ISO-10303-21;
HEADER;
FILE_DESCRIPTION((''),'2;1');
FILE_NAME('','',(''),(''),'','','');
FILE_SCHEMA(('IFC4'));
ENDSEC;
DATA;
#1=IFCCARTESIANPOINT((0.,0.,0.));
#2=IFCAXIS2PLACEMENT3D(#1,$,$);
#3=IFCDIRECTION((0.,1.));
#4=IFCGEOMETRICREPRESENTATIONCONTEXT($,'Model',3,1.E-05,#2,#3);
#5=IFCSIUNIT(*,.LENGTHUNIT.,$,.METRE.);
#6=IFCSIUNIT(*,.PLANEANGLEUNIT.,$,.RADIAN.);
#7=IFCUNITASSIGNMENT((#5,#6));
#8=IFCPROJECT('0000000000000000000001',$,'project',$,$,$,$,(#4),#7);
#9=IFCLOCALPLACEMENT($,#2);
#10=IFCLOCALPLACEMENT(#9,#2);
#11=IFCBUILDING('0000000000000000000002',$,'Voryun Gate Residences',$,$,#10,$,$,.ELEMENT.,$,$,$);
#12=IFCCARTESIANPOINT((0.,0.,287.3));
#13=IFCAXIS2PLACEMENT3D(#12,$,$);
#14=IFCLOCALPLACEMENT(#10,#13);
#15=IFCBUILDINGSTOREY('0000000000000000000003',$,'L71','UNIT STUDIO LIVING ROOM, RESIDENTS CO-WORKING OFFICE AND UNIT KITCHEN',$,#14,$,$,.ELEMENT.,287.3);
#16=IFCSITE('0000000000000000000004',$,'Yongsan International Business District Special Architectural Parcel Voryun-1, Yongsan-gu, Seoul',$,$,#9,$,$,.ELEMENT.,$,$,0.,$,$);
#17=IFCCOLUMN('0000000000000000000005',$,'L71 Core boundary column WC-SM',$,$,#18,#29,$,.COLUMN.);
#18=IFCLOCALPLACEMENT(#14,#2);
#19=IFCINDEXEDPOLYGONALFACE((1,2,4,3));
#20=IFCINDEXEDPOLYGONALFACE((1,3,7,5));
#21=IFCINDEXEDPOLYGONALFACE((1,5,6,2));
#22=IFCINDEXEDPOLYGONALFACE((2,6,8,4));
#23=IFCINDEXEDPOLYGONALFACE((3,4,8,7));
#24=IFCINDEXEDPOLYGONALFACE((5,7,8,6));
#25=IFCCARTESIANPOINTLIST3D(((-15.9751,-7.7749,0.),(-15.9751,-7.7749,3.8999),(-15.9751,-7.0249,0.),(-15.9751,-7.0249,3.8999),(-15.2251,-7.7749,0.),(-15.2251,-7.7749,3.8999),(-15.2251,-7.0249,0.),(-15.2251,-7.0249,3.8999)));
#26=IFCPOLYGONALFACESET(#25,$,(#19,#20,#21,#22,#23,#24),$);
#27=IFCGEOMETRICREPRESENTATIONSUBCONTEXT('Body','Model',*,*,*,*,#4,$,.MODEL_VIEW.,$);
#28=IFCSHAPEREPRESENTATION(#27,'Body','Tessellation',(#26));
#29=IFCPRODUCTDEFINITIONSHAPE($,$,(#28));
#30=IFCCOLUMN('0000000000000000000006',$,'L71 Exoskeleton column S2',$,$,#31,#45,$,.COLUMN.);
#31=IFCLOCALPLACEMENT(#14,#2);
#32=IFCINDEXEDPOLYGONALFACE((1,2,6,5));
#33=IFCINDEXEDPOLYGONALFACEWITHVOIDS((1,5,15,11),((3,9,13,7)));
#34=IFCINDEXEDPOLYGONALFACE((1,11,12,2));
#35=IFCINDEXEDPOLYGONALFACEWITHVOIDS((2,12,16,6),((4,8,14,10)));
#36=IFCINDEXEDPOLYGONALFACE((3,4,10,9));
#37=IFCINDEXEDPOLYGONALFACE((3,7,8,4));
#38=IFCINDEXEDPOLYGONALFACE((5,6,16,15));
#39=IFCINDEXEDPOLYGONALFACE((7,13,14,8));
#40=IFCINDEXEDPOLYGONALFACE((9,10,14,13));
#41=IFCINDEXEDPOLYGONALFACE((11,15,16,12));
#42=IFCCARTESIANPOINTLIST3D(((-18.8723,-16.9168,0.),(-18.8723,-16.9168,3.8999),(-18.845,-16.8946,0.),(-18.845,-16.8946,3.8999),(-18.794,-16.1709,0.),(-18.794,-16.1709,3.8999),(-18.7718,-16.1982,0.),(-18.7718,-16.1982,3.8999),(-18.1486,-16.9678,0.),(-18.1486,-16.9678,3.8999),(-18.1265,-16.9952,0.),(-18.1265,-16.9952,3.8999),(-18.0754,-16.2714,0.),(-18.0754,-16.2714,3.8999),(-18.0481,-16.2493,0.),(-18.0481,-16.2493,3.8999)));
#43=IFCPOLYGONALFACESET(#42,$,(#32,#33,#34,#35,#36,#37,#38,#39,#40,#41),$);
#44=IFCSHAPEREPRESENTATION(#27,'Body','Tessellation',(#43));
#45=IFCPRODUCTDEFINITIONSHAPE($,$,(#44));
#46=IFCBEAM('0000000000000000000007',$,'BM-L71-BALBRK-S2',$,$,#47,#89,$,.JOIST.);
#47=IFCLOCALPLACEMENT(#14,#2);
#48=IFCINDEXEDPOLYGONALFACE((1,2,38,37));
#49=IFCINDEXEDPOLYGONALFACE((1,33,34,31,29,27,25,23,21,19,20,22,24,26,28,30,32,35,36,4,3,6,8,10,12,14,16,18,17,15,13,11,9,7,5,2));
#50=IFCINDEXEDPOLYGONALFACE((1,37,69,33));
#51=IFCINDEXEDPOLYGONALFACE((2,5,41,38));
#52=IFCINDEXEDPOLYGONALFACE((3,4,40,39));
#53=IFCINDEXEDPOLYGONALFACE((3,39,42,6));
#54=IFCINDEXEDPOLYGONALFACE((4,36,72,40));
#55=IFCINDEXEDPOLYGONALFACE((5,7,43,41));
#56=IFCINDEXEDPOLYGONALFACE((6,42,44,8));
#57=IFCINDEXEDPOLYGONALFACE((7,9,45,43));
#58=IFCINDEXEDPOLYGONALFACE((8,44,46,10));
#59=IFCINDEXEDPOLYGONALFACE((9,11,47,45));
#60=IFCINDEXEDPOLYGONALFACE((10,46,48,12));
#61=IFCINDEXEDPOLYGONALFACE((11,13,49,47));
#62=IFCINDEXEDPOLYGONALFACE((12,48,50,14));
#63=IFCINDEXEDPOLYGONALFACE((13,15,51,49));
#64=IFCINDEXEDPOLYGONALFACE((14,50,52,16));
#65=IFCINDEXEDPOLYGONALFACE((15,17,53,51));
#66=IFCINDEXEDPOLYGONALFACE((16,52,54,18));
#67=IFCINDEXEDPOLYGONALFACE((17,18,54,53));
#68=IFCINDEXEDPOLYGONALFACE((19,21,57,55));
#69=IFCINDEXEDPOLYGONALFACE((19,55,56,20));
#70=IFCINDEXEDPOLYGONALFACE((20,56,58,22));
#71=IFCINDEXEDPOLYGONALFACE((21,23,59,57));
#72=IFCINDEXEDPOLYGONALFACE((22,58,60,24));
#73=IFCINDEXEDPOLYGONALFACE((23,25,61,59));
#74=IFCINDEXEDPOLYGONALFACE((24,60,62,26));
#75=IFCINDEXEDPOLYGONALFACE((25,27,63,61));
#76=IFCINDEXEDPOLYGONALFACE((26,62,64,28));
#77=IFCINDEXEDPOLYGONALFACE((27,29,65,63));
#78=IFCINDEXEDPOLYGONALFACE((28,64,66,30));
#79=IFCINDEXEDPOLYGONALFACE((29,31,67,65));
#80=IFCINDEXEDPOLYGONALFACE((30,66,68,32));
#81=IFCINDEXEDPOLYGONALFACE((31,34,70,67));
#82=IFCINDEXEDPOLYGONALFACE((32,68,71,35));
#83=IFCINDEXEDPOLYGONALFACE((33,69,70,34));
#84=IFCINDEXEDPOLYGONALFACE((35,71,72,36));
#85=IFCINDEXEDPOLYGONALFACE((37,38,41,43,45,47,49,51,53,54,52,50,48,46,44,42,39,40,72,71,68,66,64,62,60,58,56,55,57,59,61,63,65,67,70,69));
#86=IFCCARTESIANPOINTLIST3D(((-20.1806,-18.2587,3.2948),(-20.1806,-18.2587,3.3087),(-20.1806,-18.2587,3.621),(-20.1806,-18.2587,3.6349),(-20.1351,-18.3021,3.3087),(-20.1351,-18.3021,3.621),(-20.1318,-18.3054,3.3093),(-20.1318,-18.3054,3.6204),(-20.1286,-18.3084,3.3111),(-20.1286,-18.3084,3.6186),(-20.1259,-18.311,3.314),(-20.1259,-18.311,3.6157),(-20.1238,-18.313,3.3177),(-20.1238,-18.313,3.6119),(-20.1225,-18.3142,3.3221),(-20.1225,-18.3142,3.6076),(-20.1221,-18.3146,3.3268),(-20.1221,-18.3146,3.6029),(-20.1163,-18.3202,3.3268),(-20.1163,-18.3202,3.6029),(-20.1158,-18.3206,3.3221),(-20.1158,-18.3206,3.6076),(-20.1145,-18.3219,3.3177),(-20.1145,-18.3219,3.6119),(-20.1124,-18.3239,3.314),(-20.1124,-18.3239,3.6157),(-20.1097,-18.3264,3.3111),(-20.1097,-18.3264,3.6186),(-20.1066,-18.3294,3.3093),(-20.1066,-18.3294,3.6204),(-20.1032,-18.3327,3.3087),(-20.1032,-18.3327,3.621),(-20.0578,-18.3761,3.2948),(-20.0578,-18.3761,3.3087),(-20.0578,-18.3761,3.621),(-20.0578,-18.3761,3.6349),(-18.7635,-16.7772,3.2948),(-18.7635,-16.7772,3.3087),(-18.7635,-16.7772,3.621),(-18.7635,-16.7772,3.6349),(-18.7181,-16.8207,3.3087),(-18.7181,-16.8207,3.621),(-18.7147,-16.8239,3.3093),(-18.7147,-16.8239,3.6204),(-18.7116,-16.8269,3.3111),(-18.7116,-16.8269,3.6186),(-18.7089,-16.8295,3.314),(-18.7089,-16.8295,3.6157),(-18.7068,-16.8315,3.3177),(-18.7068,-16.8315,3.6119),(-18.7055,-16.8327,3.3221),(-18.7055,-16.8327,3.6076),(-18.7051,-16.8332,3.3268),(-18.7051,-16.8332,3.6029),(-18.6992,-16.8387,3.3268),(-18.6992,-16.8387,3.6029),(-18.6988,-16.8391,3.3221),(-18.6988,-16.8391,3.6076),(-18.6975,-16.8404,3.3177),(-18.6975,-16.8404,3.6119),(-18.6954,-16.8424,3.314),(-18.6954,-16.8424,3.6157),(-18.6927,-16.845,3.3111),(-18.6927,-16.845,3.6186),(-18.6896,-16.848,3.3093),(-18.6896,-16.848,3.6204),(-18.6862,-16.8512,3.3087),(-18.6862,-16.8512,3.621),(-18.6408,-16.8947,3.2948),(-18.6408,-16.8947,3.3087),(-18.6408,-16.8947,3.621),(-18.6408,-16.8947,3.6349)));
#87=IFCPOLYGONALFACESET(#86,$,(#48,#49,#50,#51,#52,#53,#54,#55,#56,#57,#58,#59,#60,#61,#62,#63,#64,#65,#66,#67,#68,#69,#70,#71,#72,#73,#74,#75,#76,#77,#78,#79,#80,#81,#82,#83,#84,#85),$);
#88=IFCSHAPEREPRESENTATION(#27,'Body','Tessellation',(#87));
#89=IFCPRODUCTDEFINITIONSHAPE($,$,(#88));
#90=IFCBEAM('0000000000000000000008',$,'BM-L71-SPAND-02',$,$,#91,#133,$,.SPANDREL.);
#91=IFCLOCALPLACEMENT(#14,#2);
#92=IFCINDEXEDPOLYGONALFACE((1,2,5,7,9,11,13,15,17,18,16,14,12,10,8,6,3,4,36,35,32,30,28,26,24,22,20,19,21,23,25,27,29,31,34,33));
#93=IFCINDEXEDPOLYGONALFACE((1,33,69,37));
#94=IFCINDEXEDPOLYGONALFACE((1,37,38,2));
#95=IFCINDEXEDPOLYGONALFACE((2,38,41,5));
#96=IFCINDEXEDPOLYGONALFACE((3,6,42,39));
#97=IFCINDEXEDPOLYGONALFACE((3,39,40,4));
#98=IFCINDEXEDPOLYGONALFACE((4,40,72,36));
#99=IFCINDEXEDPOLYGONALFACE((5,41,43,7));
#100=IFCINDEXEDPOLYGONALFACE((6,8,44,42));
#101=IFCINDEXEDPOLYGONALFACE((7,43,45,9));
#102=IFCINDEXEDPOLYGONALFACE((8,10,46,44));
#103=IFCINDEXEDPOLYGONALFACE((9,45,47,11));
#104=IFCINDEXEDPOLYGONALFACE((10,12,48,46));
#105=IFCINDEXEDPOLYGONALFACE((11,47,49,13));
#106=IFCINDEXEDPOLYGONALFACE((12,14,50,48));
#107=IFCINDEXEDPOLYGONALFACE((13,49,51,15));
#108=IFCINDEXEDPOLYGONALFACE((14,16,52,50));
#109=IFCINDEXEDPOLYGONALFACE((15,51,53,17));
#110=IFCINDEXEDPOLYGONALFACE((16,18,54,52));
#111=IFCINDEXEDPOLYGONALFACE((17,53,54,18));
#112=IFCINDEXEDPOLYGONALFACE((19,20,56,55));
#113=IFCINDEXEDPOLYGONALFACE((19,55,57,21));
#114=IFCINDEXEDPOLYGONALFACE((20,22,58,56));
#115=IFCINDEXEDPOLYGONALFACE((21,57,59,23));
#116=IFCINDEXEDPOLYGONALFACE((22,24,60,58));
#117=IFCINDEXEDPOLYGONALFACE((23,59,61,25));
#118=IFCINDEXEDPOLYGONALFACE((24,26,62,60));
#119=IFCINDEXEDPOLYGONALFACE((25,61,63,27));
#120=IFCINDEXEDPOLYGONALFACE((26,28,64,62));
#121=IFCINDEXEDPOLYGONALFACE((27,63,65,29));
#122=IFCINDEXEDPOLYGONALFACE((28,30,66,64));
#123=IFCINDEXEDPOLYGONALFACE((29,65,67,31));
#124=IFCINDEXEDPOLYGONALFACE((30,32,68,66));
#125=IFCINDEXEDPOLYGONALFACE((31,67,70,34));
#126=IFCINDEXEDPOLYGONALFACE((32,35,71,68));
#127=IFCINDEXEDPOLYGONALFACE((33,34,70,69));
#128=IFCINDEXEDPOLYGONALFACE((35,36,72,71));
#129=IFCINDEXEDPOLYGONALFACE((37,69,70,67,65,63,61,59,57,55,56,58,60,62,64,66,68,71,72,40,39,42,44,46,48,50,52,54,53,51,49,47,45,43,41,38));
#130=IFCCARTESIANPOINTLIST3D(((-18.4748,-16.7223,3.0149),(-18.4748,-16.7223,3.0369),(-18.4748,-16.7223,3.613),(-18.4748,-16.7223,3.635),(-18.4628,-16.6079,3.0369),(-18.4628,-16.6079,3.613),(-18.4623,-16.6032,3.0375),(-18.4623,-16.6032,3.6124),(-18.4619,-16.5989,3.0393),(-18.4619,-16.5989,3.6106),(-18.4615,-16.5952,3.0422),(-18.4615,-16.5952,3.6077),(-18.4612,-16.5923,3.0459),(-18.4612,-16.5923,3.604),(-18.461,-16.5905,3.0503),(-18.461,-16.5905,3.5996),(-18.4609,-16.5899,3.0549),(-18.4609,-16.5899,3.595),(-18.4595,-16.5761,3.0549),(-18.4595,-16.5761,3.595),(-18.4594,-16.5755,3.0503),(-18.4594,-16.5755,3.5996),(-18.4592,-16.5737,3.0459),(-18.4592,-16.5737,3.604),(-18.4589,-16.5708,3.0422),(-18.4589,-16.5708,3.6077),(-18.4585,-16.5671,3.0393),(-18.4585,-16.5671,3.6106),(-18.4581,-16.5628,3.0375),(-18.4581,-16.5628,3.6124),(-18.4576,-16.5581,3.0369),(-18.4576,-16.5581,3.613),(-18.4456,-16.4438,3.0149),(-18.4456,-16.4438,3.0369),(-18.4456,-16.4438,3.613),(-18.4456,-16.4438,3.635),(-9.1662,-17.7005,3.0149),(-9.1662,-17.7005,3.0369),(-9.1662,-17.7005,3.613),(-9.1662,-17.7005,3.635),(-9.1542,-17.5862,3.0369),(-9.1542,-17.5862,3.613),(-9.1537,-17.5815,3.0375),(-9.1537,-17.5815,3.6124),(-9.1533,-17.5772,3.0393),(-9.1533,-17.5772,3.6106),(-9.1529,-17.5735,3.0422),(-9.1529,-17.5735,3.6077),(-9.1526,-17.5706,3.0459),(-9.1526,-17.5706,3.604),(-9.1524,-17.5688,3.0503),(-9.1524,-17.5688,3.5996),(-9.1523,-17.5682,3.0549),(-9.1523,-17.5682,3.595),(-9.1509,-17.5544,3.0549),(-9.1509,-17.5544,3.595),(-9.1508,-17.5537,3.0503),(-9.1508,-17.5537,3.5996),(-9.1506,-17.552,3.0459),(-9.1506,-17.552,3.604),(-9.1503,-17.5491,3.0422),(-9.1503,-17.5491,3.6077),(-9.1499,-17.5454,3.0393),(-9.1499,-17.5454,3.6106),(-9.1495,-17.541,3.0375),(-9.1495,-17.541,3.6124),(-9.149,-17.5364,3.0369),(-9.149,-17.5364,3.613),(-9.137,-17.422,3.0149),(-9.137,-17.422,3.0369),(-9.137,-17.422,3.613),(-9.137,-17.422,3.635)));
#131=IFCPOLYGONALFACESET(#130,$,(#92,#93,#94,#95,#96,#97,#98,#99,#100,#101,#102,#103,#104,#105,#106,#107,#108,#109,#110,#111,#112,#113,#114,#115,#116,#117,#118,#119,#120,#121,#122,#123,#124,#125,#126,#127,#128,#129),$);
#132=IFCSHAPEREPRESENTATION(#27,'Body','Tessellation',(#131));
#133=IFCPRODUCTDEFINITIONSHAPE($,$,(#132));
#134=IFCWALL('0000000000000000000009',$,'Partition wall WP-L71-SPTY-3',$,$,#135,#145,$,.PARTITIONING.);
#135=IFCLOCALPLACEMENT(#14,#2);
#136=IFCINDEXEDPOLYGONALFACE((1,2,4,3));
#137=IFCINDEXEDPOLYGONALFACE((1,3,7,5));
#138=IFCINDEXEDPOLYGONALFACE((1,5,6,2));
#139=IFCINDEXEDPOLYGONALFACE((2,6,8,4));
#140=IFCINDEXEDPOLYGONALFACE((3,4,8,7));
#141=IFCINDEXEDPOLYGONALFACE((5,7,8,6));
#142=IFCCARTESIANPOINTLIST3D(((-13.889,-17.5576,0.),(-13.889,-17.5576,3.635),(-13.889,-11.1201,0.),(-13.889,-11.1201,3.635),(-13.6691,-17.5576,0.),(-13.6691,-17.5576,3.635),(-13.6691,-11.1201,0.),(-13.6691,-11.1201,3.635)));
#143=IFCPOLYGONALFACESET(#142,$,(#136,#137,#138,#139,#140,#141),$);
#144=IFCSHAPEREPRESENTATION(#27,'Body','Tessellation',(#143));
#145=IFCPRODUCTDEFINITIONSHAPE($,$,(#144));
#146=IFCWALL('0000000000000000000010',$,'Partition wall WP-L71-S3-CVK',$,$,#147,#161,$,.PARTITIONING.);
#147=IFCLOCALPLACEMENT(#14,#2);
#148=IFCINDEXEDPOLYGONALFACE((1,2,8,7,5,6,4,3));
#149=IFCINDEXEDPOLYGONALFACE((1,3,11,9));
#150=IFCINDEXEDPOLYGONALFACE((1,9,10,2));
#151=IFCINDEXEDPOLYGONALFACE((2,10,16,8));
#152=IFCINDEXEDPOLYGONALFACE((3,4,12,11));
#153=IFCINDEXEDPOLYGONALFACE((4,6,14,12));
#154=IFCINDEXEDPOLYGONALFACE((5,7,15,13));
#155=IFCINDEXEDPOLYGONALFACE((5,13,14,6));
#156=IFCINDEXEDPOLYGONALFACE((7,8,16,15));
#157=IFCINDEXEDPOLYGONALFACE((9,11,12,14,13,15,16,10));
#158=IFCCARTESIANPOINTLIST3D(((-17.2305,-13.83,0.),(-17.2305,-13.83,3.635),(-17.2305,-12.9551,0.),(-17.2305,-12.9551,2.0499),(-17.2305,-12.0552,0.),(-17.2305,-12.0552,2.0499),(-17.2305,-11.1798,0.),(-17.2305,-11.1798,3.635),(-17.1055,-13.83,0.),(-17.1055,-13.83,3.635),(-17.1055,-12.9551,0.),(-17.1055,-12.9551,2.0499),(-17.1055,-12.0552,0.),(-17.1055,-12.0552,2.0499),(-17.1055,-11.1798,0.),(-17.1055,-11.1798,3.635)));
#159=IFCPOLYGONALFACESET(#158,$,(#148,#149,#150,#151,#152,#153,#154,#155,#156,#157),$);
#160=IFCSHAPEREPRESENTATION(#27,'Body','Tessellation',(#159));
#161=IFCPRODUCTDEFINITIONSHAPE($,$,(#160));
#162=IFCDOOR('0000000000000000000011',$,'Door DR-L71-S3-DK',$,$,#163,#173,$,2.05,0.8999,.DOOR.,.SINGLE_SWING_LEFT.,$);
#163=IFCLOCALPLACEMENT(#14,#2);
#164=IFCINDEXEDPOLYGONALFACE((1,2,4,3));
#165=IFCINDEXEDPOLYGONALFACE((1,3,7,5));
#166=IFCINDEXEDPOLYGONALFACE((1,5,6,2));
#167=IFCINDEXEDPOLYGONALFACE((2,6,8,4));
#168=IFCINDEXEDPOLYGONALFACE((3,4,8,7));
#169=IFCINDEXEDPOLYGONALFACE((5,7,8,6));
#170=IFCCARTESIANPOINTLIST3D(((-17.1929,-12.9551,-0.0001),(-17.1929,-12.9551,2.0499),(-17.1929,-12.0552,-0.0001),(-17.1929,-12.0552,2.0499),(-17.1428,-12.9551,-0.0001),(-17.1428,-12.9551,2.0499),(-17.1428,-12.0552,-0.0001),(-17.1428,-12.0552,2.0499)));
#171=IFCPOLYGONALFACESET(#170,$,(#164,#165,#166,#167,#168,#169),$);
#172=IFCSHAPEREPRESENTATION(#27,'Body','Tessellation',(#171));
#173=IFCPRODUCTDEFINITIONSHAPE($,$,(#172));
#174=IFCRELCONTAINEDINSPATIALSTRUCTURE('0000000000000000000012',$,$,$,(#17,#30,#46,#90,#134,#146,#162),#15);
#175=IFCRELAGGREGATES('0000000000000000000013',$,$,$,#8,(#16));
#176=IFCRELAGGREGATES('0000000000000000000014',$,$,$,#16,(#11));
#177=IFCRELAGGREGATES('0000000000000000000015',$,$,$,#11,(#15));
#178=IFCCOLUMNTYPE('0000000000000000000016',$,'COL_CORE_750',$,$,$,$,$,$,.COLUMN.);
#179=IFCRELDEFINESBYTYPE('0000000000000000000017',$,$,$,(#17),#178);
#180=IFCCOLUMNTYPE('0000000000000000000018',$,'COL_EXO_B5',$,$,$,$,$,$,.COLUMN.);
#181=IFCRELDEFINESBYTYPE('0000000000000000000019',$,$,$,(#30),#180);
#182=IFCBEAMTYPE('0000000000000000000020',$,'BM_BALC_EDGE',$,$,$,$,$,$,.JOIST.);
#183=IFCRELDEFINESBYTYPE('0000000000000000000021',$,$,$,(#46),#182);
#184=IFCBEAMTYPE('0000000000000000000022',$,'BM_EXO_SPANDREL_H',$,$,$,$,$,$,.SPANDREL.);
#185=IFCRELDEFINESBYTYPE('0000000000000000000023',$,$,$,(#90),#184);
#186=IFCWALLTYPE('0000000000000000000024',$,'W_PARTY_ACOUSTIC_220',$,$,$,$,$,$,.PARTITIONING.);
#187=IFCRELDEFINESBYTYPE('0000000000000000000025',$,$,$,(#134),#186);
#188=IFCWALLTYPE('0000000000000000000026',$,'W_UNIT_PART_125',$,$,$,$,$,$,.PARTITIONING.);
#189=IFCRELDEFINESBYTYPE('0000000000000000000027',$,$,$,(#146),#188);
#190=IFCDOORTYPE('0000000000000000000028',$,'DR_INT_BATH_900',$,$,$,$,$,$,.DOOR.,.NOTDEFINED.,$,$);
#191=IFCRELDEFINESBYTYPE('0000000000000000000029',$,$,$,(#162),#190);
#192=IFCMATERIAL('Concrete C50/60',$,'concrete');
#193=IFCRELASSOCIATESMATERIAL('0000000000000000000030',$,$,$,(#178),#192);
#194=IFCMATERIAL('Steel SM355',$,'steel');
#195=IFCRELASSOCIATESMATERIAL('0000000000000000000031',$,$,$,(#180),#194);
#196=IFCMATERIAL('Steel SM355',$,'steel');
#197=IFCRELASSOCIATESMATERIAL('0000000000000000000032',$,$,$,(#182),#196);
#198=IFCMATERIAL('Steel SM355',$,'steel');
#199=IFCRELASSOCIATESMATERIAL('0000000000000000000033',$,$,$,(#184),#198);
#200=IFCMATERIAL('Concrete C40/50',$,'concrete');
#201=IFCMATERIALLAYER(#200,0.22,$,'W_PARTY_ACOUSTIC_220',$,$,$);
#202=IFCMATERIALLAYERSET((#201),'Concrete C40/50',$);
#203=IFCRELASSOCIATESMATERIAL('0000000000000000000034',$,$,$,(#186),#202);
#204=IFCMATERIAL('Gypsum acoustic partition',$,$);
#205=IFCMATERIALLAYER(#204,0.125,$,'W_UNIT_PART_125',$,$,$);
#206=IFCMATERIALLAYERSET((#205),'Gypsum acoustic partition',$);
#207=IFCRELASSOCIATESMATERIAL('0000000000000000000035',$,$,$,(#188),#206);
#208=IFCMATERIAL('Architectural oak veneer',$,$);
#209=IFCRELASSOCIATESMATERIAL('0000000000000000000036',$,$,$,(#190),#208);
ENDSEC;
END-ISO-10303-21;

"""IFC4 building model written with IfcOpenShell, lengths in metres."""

from ifc_helpers import new_model, si_unit, direction, frame, frame_2d, origin, origin_2d, place, context, subcontext, project, spatial, rectangle, hollow_rectangle, i_section, extrude, material, layer, layer_set, material_profile, profile_set, type_object, element, fill, save


model = new_model("IFC4")

# Units and contexts
model_context = context("Model", 3, precision=1e-05, world=origin(), true_north=direction((0.0, 1.0)))
body_context = subcontext(model_context, "Body", "Model", "MODEL_VIEW")
ifc_project = project(units=[si_unit("LENGTHUNIT", "METRE"), si_unit("PLANEANGLEUNIT", "RADIAN")], contexts=[model_context])

# Site, building, storey
site_placement = place(None, origin())
site = spatial("IfcSite", under=ifc_project, at=site_placement, Name="Yongsan International Business District Special Architectural Parcel Voryun-1, Yongsan-gu, Seoul", CompositionType="ELEMENT", RefElevation=0.0)
building_placement = place(site_placement, origin())
building = spatial("IfcBuilding", under=site, at=building_placement, Name="Voryun Gate Residences", CompositionType="ELEMENT")
storey_placement = place(building_placement, frame((0.0, 0.0, 287.3)))
storey = spatial("IfcBuildingStorey", under=building, at=storey_placement, Name="L71", Description="UNIT STUDIO LIVING ROOM, RESIDENTS CO-WORKING OFFICE AND UNIT KITCHEN", CompositionType="ELEMENT", Elevation=287.3)

# Columns
ifc_material_1 = material(Name="Concrete C50/60", Category="concrete")
ifc_material_profile_1 = material_profile(ifc_material_1, rectangle(XDim=0.75, YDim=0.75, at=origin_2d()), Name="RC-750x750")
ifc_profile_set_1 = profile_set([ifc_material_profile_1], Name="Concrete C50/60")
column_type_1 = type_object("IfcColumnType", Name="COL_CORE_750", PredefinedType="COLUMN", material=ifc_profile_set_1)
column_1_placement = place(storey_placement, frame((-15.6001, -7.3999, 0.0), z_axis=(0.0, 0.0, 1.0), x_axis=(1.0, 0.0, 0.0)))
element("IfcColumn", 1, at=column_1_placement, inside=storey, type_object=column_type_1, Name="L71 Core boundary column WC-SM", PredefinedType="COLUMN", context=body_context, shape_type="SweptSolid", body=[
    extrude(rectangle(XDim=0.75, YDim=0.75, at=origin_2d()), origin(), (0.0, 0.0, 1.0), 3.8999),
])
ifc_material_2 = material(Name="Steel SM355", Category="steel")
ifc_material_profile_2 = material_profile(ifc_material_2, hollow_rectangle(XDim=0.75, YDim=0.75, WallThickness=0.0249, at=origin_2d()), Name="BOX-750x750x25")
ifc_profile_set_2 = profile_set([ifc_material_profile_2], Name="Steel SM355")
column_type_2 = type_object("IfcColumnType", Name="COL_EXO_B5", PredefinedType="COLUMN", material=ifc_profile_set_2)
column_2_placement = place(storey_placement, frame((-18.4602, -16.583, 0.0), z_axis=(0.0, 0.0, 1.0), x_axis=(0.994522, -0.104528, 0.0)))
element("IfcColumn", 2, at=column_2_placement, inside=storey, type_object=column_type_2, Name="L71 Exoskeleton column S2", PredefinedType="COLUMN", context=body_context, shape_type="SweptSolid", body=[
    extrude(hollow_rectangle(XDim=0.75, YDim=0.75, WallThickness=0.0249, at=origin_2d()), origin(), (0.0, 0.0, 1.0), 3.8999),
])

# Beams
ifc_material_3 = material(Name="Steel SM355", Category="steel")
ifc_material_profile_3 = material_profile(ifc_material_3, i_section(OverallWidth=0.1699, OverallDepth=0.3401, WebThickness=0.0081, FlangeThickness=0.0139, FilletRadius=0.0181, at=origin_2d()), Name="H-340x170x8x14")
ifc_profile_set_3 = profile_set([ifc_material_profile_3], Name="Steel SM355")
beam_type_1 = type_object("IfcBeamType", Name="BM_BALC_EDGE", PredefinedType="JOIST", material=ifc_profile_set_3)
beam_1_placement = place(storey_placement, frame((-18.7021, -16.8359, 3.4648), z_axis=(-0.691212, -0.722652, 0.0), x_axis=(0.722652, -0.691212, 0.0)))
element("IfcBeam", 3, at=beam_1_placement, inside=storey, type_object=beam_type_1, Name="BM-L71-BALBRK-S2", PredefinedType="JOIST", context=body_context, shape_type="SweptSolid", body=[
    extrude(i_section(OverallWidth=0.1699, OverallDepth=0.3401, WebThickness=0.0081, FlangeThickness=0.0139, FilletRadius=0.0181, at=origin_2d()), origin(), (0.0, 0.0, 1.0), 2.05),
])
ifc_material_4 = material(Name="Steel SM355", Category="steel")
ifc_material_profile_4 = material_profile(ifc_material_4, i_section(OverallWidth=0.28, OverallDepth=0.6201, WebThickness=0.0139, FlangeThickness=0.022, FilletRadius=0.0181, at=origin_2d()), Name="H-620x280x14x22")
ifc_profile_set_4 = profile_set([ifc_material_profile_4], Name="Steel SM355")
beam_type_2 = type_object("IfcBeamType", Name="BM_EXO_SPANDREL_H", PredefinedType="SPANDREL", material=ifc_profile_set_4)
beam_2_placement = place(storey_placement, frame((-18.4602, -16.583, 3.325), z_axis=(0.994523, -0.104518, 0.0), x_axis=(0.104518, 0.994523, 0.0)))
element("IfcBeam", 4, at=beam_2_placement, inside=storey, type_object=beam_type_2, Name="BM-L71-SPAND-02", PredefinedType="SPANDREL", context=body_context, shape_type="SweptSolid", body=[
    extrude(i_section(OverallWidth=0.28, OverallDepth=0.6201, WebThickness=0.0139, FlangeThickness=0.022, FilletRadius=0.0181, at=origin_2d()), origin(), (0.0, 0.0, 1.0), 9.3599),
])

# Wall
ifc_material_5 = material(Name="Concrete C40/50", Category="concrete")
ifc_layer_1 = layer(ifc_material_5, 0.22, Name="W_PARTY_ACOUSTIC_220")
ifc_layer_set_1 = layer_set([ifc_layer_1], Name="Concrete C40/50")
wall_type_1 = type_object("IfcWallType", Name="W_PARTY_ACOUSTIC_220", PredefinedType="PARTITIONING", material=ifc_layer_set_1)
wall_1_placement = place(storey_placement, frame((-13.7791, -17.5576, 0.0), z_axis=(0.0, 0.0, 1.0), x_axis=(0.0, 1.0, 0.0)))
element("IfcWall", 5, at=wall_1_placement, inside=storey, type_object=wall_type_1, Name="Partition wall WP-L71-SPTY-3", PredefinedType="PARTITIONING", context=body_context, shape_type="SweptSolid", body=[
    extrude(rectangle(XDim=6.4375, YDim=0.22, at=frame_2d((3.2188, 0.0))), origin(), (0.0, 0.0, 1.0), 3.635),
])

# Wall, opening, door
ifc_material_6 = material(Name="Gypsum acoustic partition")
ifc_layer_2 = layer(ifc_material_6, 0.125, Name="W_UNIT_PART_125")
ifc_layer_set_2 = layer_set([ifc_layer_2], Name="Gypsum acoustic partition")
wall_type_2 = type_object("IfcWallType", Name="W_UNIT_PART_125", PredefinedType="PARTITIONING", material=ifc_layer_set_2)
wall_2_placement = place(storey_placement, frame((-17.168, -13.8301, 0.0), z_axis=(0.0, 0.0, 1.0), x_axis=(0.0, 1.0, 0.0)))
wall_2 = element("IfcWall", 6, at=wall_2_placement, inside=storey, type_object=wall_type_2, Name="Partition wall WP-L71-S3-CVK", PredefinedType="PARTITIONING", context=body_context, shape_type="SweptSolid", body=[
    extrude(rectangle(XDim=2.6501, YDim=0.125, at=frame_2d((1.3252, 0.0))), origin(), (0.0, 0.0, 1.0), 3.635),
])
opening_1_placement = place(wall_2_placement, frame((0.875, 0.0, 0.0)))
opening_1 = element("IfcOpeningElement", 7, at=opening_1_placement, cuts=wall_2, PredefinedType="OPENING", context=body_context, shape_type="SweptSolid", body=[
    extrude(rectangle(XDim=0.8999, YDim=2.05, at=frame_2d((0.45, 1.0249))), frame((0.0, 0.0725, 0.0), z_axis=(0.0, -1.0, 0.0), x_axis=(1.0, 0.0, 0.0)), (0.0, 0.0, 1.0), 0.145),
])
ifc_material_7 = material(Name="Architectural oak veneer")
door_type = type_object("IfcDoorType", Name="DR_INT_BATH_900", OperationType="NOTDEFINED", PredefinedType="DOOR", material=ifc_material_7)
door_1_placement = place(opening_1_placement, origin())
door_1 = element("IfcDoor", 8, at=door_1_placement, inside=storey, type_object=door_type, Name="Door DR-L71-S3-DK", OperationType="SINGLE_SWING_LEFT", OverallHeight=2.05, OverallWidth=0.8999, PredefinedType="DOOR", context=body_context, shape_type="SweptSolid", body=[
    extrude(rectangle(XDim=0.8999, YDim=2.05, at=frame_2d((0.45, 1.0249))), frame((0.0, 0.0249, 0.0), z_axis=(0.0, -1.0, 0.0), x_axis=(1.0, 0.0, 0.0)), (0.0, 0.0, 1.0), 0.05),
])
fill(opening_1, door_1)

save(model, "model.ifc")
